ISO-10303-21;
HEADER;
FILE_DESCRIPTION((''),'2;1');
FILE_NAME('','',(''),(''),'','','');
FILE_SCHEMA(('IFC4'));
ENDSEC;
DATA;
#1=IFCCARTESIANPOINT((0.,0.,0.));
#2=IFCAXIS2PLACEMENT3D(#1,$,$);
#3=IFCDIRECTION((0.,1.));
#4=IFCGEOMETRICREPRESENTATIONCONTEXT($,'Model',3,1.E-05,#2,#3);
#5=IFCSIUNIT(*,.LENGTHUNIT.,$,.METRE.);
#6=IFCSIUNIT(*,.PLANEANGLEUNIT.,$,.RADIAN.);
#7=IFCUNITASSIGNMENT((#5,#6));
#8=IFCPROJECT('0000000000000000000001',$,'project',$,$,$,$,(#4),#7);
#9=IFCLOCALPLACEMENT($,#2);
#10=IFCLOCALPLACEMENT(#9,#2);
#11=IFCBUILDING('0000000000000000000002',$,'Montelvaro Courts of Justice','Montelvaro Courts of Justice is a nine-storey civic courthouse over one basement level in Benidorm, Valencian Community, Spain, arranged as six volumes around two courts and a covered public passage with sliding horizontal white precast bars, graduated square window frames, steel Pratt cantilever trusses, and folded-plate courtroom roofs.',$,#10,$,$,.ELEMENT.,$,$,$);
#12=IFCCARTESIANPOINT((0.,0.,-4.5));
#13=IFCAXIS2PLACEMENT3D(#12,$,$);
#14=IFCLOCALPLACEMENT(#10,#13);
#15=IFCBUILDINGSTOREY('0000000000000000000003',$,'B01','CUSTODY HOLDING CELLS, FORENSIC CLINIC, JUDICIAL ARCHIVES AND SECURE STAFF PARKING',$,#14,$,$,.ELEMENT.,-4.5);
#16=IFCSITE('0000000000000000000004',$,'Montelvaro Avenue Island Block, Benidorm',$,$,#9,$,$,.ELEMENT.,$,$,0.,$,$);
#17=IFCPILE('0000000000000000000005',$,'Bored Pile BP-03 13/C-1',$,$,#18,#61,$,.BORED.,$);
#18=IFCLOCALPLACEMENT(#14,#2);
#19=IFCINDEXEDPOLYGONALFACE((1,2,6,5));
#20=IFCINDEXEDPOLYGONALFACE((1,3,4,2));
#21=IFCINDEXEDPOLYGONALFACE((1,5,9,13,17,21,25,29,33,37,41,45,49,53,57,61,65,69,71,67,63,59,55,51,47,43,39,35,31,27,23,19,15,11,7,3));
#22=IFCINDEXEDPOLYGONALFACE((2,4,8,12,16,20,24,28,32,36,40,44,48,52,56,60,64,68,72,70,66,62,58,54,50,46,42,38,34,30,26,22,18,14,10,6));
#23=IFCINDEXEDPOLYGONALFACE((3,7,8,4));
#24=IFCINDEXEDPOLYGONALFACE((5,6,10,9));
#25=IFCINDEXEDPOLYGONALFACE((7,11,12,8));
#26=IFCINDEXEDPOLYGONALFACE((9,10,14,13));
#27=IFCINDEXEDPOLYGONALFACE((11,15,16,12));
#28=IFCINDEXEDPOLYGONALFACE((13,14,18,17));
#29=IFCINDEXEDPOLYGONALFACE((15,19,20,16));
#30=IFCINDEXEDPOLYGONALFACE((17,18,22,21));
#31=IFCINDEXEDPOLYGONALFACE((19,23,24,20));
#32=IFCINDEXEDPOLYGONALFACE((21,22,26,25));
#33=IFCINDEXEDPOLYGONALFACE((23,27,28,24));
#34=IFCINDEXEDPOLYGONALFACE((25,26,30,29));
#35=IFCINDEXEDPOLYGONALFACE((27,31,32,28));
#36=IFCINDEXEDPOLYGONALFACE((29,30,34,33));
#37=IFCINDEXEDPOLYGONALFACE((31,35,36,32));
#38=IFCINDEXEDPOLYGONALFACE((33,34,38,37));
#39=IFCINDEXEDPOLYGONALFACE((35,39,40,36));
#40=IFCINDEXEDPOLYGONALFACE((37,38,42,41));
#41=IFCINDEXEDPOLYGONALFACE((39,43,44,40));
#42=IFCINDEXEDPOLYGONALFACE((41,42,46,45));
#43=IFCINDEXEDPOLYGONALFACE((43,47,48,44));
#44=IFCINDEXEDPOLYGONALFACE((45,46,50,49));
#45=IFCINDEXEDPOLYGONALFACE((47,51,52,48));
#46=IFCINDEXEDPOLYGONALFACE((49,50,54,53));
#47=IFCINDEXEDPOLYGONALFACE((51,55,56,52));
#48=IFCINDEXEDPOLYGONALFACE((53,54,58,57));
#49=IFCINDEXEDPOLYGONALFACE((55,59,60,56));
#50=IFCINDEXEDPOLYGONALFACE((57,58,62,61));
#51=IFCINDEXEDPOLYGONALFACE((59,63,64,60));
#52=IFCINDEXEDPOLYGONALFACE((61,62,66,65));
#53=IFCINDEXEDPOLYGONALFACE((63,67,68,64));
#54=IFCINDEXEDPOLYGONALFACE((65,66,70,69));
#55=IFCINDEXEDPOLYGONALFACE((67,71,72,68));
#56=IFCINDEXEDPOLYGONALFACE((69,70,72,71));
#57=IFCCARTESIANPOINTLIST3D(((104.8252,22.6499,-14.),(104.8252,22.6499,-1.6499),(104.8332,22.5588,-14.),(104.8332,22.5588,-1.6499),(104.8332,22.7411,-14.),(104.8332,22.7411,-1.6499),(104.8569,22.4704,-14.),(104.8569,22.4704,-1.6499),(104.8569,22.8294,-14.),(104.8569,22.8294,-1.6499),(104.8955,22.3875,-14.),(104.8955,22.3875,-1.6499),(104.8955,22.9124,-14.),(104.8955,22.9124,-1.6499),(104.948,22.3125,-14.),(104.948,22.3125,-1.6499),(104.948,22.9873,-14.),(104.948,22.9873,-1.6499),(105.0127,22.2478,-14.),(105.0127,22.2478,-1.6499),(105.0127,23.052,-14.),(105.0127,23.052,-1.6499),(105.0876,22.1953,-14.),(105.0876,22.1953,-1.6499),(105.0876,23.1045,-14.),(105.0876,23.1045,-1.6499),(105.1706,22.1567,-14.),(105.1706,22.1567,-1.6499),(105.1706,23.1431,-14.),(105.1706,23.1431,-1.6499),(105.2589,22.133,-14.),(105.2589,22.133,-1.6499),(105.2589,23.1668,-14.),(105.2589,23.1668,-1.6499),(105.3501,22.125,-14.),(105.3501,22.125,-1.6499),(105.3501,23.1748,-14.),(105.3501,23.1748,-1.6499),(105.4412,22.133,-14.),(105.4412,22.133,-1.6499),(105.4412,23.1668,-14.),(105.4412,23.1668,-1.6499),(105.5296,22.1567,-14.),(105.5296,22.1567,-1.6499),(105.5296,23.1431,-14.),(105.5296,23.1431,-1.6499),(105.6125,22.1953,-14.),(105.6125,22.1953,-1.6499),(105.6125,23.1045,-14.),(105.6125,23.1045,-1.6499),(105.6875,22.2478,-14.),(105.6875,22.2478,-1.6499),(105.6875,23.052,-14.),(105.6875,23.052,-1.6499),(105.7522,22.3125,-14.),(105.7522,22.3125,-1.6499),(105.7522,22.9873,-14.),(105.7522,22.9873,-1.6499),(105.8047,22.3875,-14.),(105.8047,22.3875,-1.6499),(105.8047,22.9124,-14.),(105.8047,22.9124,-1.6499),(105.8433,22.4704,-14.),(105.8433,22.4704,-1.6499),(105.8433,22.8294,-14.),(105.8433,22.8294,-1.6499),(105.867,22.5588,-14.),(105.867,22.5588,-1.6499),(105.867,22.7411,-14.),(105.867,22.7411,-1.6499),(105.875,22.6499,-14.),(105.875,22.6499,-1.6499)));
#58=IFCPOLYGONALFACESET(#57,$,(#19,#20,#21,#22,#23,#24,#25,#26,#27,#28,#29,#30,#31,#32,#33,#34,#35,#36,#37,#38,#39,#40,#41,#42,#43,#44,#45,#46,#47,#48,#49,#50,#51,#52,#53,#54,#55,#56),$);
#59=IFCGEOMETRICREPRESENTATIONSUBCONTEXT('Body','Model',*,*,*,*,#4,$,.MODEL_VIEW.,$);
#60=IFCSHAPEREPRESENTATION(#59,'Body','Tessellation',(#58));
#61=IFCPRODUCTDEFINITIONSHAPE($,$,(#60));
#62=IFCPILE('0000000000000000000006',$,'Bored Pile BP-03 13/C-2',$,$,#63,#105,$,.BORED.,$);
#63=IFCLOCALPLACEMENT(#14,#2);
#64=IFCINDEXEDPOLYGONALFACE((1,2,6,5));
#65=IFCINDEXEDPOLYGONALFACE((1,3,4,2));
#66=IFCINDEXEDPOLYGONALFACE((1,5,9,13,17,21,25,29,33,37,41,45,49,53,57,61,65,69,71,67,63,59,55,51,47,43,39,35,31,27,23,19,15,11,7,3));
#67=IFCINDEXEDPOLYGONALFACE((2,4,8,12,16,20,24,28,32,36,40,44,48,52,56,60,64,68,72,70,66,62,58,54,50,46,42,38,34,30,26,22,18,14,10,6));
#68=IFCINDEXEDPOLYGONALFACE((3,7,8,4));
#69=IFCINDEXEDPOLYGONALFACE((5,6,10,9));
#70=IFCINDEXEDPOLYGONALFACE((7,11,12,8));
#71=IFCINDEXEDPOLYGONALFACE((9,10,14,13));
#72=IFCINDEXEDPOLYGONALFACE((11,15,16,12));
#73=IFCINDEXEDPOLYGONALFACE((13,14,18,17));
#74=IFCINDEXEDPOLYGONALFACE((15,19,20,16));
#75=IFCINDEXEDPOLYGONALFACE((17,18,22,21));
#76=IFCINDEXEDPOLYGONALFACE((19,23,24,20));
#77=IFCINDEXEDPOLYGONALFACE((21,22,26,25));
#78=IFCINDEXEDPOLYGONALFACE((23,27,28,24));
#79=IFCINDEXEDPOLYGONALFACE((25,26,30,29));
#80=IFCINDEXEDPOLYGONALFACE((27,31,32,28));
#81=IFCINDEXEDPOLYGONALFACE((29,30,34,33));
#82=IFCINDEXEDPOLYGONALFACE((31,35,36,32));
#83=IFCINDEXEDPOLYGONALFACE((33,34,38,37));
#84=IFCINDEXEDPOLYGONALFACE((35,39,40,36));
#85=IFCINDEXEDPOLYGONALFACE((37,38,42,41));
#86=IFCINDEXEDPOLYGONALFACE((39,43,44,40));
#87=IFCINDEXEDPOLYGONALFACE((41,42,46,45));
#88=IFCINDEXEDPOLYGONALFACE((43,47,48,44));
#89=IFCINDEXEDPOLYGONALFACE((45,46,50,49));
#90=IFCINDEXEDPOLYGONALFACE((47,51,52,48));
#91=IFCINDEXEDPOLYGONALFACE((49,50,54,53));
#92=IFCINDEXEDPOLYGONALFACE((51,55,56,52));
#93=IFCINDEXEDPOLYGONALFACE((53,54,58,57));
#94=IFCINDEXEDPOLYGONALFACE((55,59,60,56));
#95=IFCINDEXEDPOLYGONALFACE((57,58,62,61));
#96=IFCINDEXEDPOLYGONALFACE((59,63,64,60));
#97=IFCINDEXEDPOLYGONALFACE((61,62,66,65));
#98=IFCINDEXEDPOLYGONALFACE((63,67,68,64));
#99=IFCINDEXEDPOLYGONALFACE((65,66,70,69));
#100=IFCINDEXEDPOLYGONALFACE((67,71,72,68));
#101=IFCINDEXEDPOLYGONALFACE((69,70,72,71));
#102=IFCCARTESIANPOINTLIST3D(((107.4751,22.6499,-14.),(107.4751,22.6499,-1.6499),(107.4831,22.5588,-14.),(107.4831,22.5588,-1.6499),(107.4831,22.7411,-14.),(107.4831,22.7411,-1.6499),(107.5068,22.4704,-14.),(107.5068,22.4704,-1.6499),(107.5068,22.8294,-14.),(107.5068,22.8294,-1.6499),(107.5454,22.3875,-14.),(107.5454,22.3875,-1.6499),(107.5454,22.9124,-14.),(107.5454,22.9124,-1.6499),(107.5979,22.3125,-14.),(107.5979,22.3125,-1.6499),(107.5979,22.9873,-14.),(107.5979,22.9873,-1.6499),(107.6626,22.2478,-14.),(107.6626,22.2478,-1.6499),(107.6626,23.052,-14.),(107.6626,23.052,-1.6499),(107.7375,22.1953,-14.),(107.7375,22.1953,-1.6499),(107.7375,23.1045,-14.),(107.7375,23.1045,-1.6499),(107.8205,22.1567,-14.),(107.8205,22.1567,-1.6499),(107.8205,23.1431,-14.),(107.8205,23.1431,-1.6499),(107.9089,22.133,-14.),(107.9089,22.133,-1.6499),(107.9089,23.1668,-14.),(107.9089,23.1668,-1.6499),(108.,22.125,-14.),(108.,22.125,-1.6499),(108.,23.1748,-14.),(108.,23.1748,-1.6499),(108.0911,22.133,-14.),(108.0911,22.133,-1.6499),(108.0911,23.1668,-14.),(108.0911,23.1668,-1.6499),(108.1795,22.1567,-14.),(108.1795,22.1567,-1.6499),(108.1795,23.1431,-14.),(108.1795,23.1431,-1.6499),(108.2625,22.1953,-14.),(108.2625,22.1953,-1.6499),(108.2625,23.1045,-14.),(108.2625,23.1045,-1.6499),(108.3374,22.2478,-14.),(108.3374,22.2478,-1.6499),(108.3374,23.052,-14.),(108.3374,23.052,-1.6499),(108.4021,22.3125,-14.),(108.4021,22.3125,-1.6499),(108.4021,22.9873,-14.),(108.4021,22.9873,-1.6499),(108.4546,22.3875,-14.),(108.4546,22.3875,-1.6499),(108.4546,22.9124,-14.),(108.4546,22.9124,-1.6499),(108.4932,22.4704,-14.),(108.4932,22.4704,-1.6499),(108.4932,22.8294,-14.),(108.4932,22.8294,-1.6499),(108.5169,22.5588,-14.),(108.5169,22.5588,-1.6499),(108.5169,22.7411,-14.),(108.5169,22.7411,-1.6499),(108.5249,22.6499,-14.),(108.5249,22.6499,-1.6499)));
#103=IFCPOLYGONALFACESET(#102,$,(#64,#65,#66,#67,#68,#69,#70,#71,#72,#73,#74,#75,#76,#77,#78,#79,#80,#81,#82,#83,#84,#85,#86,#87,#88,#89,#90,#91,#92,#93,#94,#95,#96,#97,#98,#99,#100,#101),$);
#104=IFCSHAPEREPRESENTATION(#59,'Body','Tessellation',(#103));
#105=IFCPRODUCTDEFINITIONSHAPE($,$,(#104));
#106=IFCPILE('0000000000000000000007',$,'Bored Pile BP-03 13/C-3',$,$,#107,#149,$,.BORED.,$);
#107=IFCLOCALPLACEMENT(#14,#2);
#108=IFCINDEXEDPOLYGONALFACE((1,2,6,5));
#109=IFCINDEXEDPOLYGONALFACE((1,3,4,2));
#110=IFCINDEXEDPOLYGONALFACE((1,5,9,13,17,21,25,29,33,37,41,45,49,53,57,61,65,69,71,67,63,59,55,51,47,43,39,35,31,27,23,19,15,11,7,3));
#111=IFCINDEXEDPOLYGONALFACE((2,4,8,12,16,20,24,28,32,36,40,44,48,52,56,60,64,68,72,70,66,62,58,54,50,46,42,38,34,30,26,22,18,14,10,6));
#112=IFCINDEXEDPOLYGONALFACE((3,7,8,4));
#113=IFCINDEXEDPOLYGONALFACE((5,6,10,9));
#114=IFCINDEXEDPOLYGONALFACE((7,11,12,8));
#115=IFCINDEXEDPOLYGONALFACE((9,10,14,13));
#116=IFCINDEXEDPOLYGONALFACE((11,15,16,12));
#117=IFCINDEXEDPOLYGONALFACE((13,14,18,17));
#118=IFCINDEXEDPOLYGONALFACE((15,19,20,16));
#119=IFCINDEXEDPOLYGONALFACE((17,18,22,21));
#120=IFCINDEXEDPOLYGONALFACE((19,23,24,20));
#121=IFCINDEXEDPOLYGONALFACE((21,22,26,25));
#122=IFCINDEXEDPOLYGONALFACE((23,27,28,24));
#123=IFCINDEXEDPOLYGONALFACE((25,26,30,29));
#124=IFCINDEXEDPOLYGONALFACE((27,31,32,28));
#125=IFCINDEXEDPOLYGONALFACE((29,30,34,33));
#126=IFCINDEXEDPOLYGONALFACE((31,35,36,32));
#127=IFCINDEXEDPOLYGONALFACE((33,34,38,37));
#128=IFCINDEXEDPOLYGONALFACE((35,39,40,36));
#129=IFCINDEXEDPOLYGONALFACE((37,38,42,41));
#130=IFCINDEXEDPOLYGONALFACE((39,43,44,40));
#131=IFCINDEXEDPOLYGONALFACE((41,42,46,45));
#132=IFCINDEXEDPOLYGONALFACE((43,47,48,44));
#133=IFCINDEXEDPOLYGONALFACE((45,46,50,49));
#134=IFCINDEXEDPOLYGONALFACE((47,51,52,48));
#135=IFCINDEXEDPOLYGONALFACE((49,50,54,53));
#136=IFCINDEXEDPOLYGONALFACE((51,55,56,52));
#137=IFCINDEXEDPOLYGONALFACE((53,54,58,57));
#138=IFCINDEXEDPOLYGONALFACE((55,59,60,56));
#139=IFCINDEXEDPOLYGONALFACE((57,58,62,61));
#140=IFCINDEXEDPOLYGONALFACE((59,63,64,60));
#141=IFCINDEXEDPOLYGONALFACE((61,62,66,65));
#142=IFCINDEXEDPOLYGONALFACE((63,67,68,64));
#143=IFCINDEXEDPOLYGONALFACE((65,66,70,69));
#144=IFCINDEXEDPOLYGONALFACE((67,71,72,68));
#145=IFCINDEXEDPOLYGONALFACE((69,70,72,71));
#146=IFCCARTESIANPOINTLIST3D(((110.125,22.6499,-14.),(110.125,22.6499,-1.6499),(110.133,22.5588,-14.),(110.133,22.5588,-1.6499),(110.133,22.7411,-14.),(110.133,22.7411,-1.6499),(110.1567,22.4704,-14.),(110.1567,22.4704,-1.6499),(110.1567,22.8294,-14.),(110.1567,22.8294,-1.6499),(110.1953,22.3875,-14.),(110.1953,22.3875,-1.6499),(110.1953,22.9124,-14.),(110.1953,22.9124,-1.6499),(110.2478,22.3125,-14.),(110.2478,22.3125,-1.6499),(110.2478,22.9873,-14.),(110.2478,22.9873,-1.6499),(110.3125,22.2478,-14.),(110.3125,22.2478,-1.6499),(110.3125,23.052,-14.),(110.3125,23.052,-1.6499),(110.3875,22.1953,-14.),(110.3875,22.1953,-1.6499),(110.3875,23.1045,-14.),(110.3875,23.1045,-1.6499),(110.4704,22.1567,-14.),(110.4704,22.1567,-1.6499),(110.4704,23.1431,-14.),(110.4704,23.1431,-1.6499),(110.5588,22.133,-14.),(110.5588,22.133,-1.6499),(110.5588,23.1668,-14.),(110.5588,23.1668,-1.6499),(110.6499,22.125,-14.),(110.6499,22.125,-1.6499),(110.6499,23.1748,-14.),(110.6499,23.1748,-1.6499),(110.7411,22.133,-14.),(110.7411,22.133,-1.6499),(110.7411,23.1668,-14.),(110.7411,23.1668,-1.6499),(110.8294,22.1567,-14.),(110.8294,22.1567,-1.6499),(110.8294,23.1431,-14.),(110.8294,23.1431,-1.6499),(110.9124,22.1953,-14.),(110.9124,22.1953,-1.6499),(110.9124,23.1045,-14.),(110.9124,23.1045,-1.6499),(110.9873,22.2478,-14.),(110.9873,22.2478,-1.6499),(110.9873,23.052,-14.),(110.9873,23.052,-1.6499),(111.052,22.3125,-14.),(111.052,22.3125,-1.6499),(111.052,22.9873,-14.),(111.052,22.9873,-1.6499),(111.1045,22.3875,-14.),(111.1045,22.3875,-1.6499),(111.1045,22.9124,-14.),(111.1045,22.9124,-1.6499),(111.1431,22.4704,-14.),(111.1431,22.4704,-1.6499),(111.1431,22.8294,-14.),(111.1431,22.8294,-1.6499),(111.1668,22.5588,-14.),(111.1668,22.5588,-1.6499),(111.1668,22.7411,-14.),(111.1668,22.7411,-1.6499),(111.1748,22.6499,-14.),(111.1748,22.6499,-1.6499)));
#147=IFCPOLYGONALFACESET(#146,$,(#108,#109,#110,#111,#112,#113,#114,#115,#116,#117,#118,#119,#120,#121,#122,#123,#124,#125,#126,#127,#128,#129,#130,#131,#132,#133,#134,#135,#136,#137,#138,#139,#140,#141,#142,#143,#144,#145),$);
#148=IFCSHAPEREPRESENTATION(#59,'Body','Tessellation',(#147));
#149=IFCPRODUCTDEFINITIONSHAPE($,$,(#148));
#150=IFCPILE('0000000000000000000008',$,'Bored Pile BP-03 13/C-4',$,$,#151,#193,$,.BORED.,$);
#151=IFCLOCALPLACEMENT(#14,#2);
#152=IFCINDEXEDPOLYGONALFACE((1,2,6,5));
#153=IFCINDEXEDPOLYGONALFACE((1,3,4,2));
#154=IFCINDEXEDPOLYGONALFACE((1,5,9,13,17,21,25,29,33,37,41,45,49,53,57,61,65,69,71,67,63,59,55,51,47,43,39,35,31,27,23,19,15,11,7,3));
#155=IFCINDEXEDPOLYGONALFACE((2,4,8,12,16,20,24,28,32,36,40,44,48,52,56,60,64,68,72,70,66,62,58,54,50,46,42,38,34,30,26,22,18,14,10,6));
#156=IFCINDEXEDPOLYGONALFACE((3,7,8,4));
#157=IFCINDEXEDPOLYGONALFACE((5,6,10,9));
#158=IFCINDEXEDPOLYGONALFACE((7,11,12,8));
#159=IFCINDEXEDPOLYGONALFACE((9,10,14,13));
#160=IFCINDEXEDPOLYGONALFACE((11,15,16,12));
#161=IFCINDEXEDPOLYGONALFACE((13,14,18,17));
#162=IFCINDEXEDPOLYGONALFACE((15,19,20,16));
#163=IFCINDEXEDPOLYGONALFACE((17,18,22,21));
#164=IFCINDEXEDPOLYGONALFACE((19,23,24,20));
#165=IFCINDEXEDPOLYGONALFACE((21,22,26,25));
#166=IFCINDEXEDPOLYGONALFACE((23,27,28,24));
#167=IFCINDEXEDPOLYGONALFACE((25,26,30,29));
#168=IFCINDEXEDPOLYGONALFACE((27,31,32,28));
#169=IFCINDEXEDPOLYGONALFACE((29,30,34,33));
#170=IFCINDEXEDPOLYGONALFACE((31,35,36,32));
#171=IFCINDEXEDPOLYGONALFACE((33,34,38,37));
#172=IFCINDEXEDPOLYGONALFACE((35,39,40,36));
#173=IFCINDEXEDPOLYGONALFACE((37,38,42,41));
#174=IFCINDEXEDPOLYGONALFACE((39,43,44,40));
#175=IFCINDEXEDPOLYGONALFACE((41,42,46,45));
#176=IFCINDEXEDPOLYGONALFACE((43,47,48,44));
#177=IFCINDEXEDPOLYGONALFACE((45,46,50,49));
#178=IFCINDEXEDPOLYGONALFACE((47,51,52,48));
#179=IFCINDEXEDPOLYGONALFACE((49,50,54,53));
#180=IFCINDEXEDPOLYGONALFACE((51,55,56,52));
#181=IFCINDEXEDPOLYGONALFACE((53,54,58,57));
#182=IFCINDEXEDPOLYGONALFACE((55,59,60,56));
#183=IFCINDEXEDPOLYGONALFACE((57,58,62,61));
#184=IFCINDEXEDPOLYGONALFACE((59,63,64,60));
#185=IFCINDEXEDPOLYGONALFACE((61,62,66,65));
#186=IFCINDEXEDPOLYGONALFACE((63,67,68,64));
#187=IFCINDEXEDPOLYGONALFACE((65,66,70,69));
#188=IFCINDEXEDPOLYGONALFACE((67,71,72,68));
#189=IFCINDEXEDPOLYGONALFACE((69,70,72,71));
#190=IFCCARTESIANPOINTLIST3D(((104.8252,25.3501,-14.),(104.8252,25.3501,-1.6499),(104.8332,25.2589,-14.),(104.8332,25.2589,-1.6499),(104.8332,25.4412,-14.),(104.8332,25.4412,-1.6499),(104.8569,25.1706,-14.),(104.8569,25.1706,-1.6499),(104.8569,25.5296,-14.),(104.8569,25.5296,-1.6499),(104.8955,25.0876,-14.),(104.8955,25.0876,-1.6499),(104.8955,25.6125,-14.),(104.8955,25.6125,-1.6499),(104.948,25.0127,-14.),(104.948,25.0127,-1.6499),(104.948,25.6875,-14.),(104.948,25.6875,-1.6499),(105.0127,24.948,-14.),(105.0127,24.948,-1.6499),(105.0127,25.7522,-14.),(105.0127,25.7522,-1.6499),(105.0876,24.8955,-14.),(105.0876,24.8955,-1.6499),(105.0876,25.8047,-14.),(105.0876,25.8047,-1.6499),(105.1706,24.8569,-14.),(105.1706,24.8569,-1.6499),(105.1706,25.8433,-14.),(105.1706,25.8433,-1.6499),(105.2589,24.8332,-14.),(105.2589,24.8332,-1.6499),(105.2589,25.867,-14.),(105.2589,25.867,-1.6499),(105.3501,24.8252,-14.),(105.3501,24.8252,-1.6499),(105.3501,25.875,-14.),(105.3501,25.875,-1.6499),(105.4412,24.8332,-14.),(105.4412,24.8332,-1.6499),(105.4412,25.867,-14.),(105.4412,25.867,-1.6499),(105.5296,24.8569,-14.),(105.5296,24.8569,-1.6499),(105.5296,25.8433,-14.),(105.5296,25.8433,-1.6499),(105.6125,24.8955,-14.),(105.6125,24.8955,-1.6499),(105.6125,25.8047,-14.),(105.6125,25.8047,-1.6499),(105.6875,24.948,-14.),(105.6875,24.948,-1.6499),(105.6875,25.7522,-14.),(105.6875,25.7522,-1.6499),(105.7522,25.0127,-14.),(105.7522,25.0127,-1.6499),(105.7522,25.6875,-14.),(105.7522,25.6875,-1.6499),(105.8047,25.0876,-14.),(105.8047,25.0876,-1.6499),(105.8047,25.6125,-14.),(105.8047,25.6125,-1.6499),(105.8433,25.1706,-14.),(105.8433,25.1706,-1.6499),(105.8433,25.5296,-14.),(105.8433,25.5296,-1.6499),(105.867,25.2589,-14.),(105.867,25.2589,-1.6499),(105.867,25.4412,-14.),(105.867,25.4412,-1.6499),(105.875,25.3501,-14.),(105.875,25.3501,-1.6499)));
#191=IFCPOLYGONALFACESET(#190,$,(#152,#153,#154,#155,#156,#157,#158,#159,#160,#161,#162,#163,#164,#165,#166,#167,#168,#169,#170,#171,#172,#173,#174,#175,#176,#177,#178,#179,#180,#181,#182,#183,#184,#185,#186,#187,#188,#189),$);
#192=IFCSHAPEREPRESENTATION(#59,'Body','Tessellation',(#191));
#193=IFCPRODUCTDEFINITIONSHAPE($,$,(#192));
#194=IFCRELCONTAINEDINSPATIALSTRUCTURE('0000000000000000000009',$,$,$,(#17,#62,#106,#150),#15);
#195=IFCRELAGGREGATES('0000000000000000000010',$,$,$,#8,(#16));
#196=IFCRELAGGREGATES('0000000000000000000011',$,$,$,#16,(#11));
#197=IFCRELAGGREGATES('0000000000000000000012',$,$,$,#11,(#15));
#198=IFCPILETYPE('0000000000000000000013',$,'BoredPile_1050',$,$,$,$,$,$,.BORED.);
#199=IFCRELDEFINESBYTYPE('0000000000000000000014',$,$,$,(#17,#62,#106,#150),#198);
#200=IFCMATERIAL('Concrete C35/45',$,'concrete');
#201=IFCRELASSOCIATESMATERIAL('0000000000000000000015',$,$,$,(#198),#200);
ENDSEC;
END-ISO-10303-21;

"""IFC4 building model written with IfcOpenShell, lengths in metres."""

from ifc_helpers import new_model, si_unit, direction, frame, origin, origin_2d, place, context, subcontext, project, spatial, circle, extrude, material, material_profile, profile_set, type_object, element, save


model = new_model("IFC4")

# Units and contexts
model_context = context("Model", 3, precision=1e-05, world=origin(), true_north=direction((0.0, 1.0)))
body_context = subcontext(model_context, "Body", "Model", "MODEL_VIEW")
ifc_project = project(units=[si_unit("LENGTHUNIT", "METRE"), si_unit("PLANEANGLEUNIT", "RADIAN")], contexts=[model_context])

# Site, building, storey
site_placement = place(None, origin())
site = spatial("IfcSite", under=ifc_project, at=site_placement, Name="Montelvaro Avenue Island Block, Benidorm", CompositionType="ELEMENT", RefElevation=0.0)
building_placement = place(site_placement, origin())
building = spatial("IfcBuilding", under=site, at=building_placement, Name="Montelvaro Courts of Justice", Description="Montelvaro Courts of Justice is a nine-storey civic courthouse over one basement level in Benidorm, Valencian Community, Spain, arranged as six volumes around two courts and a covered public passage with sliding horizontal white precast bars, graduated square window frames, steel Pratt cantilever trusses, and folded-plate courtroom roofs.", CompositionType="ELEMENT")
storey_placement = place(building_placement, frame((0.0, 0.0, -4.5)))
storey = spatial("IfcBuildingStorey", under=building, at=storey_placement, Name="B01", Description="CUSTODY HOLDING CELLS, FORENSIC CLINIC, JUDICIAL ARCHIVES AND SECURE STAFF PARKING", CompositionType="ELEMENT", Elevation=-4.5)

# Piles
ifc_material_1 = material(Name="Concrete C35/45", Category="concrete")
ifc_material_profile_1 = material_profile(ifc_material_1, circle(Radius=0.5249, at=origin_2d()), Name="BORED PILE D1050")
ifc_profile_set_1 = profile_set([ifc_material_profile_1], Name="Concrete C35/45")
pile_type_1 = type_object("IfcPileType", Name="BoredPile_1050", PredefinedType="BORED", material=ifc_profile_set_1)
for number, where, z_axis, x_axis, name in (
    (1, (105.3501, 22.6499, -1.6499), (0.0, 0.0, -1.0), (1.0, 0.0, 0.0), "Bored Pile BP-03 13/C-1"),
    (2, (108.0, 22.6499, -1.6499), (0.0, 0.0, -1.0), (1.0, 0.0, 0.0), "Bored Pile BP-03 13/C-2"),
    (3, (110.6499, 22.6499, -1.6499), (0.0, 0.0, -1.0), (1.0, 0.0, 0.0), "Bored Pile BP-03 13/C-3"),
    (4, (105.3501, 25.3501, -1.6499), (0.0, 0.0, -1.0), (1.0, 0.0, 0.0), "Bored Pile BP-03 13/C-4"),
):
    element("IfcPile", number, at=place(storey_placement, frame(where, z_axis=z_axis, x_axis=x_axis)), inside=storey, type_object=pile_type_1, Name=name, PredefinedType="BORED", context=body_context, shape_type="SweptSolid", body=[
        extrude(circle(Radius=0.5249, at=origin_2d()), origin(), (0.0, 0.0, 1.0), 12.3501),
    ])

save(model, "model.ifc")
